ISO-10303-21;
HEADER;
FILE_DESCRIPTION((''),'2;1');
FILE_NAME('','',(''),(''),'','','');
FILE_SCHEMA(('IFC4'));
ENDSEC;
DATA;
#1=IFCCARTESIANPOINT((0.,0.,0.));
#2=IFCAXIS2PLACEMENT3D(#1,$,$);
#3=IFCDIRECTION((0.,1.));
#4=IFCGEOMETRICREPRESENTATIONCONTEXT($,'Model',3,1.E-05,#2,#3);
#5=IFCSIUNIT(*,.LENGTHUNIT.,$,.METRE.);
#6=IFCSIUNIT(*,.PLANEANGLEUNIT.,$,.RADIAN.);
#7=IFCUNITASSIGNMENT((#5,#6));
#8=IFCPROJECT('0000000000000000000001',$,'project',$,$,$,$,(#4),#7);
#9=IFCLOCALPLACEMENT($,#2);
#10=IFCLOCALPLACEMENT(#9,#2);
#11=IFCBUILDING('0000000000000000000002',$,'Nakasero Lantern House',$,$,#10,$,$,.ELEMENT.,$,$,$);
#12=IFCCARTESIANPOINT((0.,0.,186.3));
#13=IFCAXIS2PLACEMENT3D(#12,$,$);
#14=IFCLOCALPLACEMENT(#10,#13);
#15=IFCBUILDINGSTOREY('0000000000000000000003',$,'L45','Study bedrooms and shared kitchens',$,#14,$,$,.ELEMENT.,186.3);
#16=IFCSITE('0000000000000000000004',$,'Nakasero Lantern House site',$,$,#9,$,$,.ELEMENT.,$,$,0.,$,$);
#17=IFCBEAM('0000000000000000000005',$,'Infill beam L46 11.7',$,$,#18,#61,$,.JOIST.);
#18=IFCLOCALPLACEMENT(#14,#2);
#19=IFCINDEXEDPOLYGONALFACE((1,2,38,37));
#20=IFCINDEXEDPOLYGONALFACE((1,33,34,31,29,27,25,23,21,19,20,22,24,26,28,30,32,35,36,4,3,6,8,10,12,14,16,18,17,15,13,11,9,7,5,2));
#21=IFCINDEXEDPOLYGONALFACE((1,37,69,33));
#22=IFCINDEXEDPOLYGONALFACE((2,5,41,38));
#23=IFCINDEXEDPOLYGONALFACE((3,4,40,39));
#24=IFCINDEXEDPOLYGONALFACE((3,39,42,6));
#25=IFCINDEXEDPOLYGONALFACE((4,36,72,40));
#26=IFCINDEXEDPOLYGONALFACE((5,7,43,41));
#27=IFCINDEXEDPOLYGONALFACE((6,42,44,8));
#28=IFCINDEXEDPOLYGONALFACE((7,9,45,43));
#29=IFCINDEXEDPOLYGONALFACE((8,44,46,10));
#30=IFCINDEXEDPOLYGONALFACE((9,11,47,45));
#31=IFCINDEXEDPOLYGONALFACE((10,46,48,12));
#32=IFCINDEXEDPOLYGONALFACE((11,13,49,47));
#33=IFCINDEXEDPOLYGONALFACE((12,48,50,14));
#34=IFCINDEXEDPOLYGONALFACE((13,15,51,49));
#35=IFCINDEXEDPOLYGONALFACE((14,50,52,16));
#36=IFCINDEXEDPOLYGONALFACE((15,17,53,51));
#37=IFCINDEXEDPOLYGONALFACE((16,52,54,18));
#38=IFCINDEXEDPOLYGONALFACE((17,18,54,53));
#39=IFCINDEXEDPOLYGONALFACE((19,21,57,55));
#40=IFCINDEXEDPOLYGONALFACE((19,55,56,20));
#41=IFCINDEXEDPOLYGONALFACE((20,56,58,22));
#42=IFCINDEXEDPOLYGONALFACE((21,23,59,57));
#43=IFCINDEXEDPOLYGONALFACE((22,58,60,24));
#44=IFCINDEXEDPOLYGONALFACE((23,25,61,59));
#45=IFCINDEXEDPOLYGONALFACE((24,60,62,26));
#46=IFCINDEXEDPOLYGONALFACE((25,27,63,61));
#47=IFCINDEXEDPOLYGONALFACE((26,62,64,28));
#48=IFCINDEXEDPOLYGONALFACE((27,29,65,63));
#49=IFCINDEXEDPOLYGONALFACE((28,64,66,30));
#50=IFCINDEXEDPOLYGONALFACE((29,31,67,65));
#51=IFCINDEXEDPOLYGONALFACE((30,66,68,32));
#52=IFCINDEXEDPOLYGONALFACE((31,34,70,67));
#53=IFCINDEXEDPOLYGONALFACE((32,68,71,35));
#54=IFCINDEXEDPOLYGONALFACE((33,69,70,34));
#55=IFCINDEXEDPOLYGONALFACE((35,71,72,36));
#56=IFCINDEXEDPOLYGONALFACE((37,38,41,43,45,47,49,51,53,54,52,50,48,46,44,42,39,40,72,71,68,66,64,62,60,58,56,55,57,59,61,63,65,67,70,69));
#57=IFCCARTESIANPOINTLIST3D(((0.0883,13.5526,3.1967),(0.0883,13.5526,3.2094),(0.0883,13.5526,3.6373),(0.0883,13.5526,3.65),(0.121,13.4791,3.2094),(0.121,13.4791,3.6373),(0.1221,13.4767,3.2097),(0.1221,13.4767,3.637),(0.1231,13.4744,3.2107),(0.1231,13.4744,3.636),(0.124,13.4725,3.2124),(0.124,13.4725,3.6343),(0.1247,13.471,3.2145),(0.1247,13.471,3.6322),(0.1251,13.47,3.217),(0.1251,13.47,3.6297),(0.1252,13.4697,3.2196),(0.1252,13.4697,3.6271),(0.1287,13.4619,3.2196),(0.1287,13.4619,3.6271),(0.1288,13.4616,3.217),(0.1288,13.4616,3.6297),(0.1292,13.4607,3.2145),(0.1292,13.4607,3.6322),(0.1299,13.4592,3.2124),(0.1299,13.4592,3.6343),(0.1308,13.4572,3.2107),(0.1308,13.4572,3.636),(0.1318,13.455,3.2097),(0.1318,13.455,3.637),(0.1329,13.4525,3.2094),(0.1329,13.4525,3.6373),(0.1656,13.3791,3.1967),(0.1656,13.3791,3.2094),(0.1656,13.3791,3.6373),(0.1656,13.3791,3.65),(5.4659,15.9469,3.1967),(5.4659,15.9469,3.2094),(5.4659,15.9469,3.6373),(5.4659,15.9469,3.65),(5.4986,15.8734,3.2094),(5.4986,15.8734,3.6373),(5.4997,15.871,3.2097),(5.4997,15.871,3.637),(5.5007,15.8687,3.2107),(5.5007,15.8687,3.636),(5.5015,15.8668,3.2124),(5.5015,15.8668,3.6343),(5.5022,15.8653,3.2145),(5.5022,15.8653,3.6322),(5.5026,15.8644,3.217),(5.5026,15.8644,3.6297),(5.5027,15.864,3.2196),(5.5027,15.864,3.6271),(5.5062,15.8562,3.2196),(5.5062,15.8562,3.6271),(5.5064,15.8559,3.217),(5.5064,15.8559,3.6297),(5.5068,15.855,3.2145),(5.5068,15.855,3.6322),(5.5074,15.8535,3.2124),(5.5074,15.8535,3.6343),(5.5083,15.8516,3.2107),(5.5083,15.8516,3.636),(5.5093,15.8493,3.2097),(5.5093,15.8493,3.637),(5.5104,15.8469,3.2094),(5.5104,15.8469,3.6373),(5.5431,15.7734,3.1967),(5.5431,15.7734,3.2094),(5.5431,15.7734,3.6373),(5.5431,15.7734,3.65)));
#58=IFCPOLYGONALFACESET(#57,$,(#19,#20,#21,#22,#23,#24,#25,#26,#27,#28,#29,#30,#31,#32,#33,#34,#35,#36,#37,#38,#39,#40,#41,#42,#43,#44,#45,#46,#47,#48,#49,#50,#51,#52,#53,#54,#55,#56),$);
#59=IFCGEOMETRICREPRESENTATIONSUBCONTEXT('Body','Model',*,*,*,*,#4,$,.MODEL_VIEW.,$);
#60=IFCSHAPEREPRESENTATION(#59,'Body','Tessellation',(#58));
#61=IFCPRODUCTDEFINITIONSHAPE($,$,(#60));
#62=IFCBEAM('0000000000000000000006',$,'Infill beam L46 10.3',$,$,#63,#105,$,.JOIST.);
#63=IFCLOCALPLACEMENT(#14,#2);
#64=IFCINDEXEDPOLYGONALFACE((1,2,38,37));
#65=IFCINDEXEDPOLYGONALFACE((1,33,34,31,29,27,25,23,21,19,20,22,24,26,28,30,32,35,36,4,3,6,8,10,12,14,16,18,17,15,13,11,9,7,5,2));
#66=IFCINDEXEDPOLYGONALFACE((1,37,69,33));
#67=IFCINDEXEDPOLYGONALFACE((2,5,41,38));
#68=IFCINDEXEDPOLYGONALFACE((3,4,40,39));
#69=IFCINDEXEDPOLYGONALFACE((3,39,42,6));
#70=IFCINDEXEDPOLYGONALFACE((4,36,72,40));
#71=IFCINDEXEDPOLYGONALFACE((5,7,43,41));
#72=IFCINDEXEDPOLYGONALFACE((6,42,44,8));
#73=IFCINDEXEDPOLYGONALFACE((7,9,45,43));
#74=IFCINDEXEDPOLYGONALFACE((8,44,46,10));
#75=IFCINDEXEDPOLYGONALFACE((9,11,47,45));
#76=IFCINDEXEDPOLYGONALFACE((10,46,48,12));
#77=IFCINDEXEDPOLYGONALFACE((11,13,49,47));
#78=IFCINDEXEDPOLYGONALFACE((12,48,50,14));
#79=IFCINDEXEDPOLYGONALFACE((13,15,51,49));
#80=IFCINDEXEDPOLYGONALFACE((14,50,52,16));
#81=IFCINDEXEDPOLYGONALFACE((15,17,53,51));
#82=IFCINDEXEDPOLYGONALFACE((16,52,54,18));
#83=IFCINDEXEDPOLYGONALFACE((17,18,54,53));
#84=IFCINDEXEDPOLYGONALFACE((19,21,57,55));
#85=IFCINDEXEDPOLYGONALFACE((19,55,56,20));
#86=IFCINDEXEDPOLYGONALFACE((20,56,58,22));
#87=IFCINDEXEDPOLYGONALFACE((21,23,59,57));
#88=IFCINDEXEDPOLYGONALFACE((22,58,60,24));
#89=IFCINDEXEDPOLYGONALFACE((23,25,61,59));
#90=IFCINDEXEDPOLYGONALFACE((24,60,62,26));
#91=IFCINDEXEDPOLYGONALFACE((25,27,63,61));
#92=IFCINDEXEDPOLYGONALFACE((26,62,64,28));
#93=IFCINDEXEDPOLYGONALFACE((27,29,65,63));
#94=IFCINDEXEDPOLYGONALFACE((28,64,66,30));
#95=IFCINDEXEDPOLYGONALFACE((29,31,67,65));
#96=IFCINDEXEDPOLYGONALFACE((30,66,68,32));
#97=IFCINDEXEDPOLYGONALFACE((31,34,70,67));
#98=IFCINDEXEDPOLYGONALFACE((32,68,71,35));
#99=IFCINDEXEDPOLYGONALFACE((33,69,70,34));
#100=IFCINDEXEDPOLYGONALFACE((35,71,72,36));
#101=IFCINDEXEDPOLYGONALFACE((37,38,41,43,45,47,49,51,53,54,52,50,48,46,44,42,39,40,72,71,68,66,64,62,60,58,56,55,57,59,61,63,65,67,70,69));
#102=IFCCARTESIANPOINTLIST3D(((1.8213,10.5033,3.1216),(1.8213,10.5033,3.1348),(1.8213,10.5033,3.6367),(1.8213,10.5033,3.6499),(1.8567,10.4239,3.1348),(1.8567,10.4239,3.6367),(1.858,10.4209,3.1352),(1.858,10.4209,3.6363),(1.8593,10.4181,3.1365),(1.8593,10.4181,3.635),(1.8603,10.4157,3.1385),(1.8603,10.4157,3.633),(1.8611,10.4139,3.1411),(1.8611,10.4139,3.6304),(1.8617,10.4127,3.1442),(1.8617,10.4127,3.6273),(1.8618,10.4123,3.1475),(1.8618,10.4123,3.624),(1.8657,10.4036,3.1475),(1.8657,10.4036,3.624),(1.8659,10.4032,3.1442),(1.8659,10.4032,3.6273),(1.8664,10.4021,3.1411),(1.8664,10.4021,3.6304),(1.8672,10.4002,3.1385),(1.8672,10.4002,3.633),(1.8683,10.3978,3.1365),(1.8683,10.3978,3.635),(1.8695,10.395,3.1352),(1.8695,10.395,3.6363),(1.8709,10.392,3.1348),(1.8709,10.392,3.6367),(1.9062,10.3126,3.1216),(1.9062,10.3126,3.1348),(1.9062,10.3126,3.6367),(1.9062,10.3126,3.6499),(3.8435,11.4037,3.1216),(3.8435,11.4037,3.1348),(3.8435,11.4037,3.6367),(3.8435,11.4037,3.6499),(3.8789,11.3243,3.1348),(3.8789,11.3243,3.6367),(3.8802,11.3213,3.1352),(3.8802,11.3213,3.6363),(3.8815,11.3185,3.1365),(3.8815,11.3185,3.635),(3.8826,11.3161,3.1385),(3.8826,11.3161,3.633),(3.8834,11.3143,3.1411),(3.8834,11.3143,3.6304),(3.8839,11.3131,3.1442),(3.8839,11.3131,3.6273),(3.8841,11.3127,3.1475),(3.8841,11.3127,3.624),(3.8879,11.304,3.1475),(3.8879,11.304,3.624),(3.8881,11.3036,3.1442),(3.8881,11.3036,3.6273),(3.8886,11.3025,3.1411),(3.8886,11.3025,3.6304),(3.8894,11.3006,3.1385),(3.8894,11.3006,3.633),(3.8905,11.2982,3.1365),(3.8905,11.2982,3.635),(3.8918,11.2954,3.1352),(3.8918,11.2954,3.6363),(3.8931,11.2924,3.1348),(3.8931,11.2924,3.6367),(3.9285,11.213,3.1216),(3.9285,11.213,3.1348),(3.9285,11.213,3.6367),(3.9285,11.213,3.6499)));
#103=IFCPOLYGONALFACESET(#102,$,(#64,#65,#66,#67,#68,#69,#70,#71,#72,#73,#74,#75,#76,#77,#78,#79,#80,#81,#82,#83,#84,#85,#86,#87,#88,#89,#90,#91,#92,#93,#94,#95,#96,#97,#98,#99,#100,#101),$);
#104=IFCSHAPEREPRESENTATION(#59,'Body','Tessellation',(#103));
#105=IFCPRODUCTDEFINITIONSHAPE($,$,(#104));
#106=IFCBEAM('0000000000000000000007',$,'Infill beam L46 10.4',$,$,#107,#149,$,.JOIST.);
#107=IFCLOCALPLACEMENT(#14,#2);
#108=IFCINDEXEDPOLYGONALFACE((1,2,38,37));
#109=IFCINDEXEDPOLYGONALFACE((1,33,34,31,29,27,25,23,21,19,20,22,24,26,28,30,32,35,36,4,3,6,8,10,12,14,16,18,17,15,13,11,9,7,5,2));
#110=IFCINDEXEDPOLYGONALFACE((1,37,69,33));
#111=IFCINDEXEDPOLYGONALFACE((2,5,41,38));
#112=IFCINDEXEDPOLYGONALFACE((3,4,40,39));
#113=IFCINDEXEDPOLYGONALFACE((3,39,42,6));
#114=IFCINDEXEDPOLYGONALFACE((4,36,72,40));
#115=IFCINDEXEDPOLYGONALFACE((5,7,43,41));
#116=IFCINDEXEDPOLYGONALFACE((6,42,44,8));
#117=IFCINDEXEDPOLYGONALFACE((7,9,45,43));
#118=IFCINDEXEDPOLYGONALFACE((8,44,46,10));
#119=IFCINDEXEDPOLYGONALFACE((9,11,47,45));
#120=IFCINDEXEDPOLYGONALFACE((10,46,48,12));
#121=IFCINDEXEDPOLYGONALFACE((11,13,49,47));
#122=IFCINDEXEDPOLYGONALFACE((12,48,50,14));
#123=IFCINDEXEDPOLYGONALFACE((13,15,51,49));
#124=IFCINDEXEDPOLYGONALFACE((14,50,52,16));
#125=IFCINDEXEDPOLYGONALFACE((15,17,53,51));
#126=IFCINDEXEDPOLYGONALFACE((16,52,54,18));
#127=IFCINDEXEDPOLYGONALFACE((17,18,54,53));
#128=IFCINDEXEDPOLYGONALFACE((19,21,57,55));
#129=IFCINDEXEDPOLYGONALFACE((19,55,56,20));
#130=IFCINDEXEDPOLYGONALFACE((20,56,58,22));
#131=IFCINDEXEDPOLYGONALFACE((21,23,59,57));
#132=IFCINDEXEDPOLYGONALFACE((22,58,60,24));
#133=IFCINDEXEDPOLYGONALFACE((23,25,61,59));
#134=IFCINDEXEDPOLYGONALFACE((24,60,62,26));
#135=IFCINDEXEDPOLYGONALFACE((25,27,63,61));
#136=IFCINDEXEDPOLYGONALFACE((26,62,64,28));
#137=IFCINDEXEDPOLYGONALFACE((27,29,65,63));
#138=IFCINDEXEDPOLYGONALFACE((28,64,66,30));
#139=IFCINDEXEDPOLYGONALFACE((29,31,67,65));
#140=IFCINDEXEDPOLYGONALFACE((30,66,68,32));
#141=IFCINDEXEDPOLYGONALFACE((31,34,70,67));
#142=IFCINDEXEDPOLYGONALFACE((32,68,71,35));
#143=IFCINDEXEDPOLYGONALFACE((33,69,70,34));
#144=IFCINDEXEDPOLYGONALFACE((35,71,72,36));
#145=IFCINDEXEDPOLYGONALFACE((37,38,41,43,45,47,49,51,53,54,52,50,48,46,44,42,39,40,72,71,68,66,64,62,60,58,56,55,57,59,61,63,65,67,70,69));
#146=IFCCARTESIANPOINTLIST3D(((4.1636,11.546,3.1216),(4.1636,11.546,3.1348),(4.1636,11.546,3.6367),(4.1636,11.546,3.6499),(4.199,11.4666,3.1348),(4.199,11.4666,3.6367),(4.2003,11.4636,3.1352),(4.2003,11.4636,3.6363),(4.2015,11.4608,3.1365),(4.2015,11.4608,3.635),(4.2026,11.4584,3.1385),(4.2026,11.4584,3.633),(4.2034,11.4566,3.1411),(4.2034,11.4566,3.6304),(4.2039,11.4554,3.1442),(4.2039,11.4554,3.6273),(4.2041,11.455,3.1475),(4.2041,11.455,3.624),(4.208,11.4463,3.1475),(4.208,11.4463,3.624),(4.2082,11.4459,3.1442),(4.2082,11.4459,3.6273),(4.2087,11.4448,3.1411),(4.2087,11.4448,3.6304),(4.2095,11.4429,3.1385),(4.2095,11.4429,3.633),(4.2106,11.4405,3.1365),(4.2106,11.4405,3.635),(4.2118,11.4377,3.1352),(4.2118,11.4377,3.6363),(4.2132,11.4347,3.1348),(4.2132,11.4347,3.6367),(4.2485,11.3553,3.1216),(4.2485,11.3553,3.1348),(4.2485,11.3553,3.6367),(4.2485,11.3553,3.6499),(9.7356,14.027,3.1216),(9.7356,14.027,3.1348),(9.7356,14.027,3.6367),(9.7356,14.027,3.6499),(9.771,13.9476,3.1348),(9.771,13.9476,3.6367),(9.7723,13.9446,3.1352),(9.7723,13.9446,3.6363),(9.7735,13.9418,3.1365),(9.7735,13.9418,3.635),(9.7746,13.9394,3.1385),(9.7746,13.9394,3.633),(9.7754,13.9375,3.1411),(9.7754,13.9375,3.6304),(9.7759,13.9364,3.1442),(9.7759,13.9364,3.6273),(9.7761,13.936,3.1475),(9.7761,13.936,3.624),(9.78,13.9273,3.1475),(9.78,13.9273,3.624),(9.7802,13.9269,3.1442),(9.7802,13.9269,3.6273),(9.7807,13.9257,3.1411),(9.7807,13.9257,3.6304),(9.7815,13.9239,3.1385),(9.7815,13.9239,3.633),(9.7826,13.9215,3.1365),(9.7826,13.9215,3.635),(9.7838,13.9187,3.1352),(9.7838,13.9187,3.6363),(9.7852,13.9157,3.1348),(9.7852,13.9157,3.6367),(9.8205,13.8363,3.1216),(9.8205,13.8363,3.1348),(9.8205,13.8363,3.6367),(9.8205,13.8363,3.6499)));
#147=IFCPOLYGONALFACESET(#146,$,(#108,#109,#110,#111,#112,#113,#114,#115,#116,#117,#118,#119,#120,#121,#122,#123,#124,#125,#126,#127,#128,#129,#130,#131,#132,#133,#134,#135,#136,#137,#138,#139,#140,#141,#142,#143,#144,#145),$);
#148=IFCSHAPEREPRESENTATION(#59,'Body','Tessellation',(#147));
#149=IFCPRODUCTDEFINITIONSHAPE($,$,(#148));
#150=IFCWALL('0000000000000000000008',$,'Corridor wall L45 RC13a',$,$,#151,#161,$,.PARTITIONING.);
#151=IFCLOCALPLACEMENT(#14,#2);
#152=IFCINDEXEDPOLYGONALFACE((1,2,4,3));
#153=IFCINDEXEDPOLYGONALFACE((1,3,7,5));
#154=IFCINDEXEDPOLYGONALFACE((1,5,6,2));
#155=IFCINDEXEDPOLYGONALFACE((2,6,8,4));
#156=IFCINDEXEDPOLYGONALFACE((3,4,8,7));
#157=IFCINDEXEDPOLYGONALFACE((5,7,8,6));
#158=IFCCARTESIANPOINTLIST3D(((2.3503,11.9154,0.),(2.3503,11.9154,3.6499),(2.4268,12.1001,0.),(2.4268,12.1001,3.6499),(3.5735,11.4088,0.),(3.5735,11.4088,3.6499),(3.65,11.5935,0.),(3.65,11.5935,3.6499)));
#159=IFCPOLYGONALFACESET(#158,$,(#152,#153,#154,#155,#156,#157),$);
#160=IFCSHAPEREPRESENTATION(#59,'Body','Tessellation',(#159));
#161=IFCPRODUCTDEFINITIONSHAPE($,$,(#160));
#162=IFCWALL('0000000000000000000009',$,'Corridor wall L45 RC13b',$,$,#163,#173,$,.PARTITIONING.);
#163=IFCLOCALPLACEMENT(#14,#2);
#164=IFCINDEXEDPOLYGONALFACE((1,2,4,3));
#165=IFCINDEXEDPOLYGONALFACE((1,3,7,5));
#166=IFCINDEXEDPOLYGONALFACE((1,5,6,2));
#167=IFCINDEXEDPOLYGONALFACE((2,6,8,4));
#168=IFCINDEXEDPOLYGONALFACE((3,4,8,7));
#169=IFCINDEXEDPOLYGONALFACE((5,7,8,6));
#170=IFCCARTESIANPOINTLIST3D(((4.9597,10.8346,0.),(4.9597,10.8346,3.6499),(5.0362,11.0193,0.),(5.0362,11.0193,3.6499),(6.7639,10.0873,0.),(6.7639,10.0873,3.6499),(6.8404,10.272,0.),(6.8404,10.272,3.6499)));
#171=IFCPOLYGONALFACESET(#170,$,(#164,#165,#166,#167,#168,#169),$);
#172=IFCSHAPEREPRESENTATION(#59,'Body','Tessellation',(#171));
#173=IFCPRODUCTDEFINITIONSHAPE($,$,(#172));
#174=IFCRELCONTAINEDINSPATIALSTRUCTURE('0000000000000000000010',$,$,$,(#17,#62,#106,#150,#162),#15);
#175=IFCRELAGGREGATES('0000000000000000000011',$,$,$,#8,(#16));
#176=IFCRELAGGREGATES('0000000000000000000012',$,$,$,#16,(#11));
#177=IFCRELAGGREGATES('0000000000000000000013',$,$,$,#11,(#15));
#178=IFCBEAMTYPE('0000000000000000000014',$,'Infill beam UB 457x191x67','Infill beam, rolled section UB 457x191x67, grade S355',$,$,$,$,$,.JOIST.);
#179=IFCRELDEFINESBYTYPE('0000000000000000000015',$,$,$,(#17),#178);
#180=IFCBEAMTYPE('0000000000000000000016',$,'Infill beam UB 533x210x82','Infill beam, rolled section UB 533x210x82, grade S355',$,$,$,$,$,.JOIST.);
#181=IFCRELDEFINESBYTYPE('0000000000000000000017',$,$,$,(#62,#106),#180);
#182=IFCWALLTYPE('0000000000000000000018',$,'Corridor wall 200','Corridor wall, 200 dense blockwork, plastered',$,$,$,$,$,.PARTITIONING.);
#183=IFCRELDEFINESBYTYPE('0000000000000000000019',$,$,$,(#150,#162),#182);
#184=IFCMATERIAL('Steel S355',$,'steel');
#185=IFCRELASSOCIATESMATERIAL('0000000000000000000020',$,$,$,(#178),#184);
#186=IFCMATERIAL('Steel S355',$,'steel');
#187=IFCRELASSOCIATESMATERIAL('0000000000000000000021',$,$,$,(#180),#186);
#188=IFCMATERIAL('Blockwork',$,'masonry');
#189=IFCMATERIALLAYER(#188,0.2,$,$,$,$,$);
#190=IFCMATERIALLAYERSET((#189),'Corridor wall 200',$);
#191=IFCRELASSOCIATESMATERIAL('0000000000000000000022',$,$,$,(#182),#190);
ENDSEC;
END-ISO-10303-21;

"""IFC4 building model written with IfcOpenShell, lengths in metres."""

from ifc_helpers import new_model, si_unit, direction, frame, frame_2d, origin, origin_2d, place, context, subcontext, project, spatial, rectangle, i_section, extrude, material, layer, layer_set, material_profile, profile_set, type_object, element, save


model = new_model("IFC4")

# Units and contexts
model_context = context("Model", 3, precision=1e-05, world=origin(), true_north=direction((0.0, 1.0)))
body_context = subcontext(model_context, "Body", "Model", "MODEL_VIEW")
ifc_project = project(units=[si_unit("LENGTHUNIT", "METRE"), si_unit("PLANEANGLEUNIT", "RADIAN")], contexts=[model_context])

# Site, building, storey
site_placement = place(None, origin())
site = spatial("IfcSite", under=ifc_project, at=site_placement, Name="Nakasero Lantern House site", CompositionType="ELEMENT", RefElevation=0.0)
building_placement = place(site_placement, origin())
building = spatial("IfcBuilding", under=site, at=building_placement, Name="Nakasero Lantern House", CompositionType="ELEMENT")
storey_placement = place(building_placement, frame((0.0, 0.0, 186.3)))
storey = spatial("IfcBuildingStorey", under=building, at=storey_placement, Name="L45", Description="Study bedrooms and shared kitchens", CompositionType="ELEMENT", Elevation=186.3)

# Beams
ifc_material_1 = material(Name="Steel S355", Category="steel")
ifc_material_profile_1 = material_profile(ifc_material_1, i_section(OverallWidth=0.1899, OverallDepth=0.4534, WebThickness=0.0085, FlangeThickness=0.0127, FilletRadius=0.0103, at=origin_2d()), Name="UB 457x191x67")
ifc_profile_set_1 = profile_set([ifc_material_profile_1], Name="Steel S355")
beam_type_1 = type_object("IfcBeamType", Name="Infill beam UB 457x191x67", Description="Infill beam, rolled section UB 457x191x67, grade S355", PredefinedType="JOIST", material=ifc_profile_set_1)
beam_1_placement = place(storey_placement, frame((0.127, 13.4658, 3.4233), z_axis=(0.913539, 0.40675, 0.0), x_axis=(-0.40675, 0.913539, 0.0)))
element("IfcBeam", 1, at=beam_1_placement, inside=storey, type_object=beam_type_1, Name="Infill beam L46 11.7", PredefinedType="JOIST", context=body_context, shape_type="SweptSolid", body=[
    extrude(i_section(OverallWidth=0.1899, OverallDepth=0.4534, WebThickness=0.0085, FlangeThickness=0.0127, FilletRadius=0.0103, at=origin_2d()), origin(), (0.0, 0.0, 1.0), 5.8865),
])
ifc_material_2 = material(Name="Steel S355", Category="steel")
ifc_material_profile_2 = material_profile(ifc_material_2, i_section(OverallWidth=0.2087, OverallDepth=0.5283, WebThickness=0.0095, FlangeThickness=0.0132, FilletRadius=0.0127, at=origin_2d()), Name="UB 533x210x82")
ifc_profile_set_2 = profile_set([ifc_material_profile_2], Name="Steel S355")
beam_type_2 = type_object("IfcBeamType", Name="Infill beam UB 533x210x82", Description="Infill beam, rolled section UB 533x210x82, grade S355", PredefinedType="JOIST", material=ifc_profile_set_2)
beam_2_placement = place(storey_placement, frame((1.8638, 10.408, 3.3857), z_axis=(0.913538, 0.406752, 0.0), x_axis=(-0.406752, 0.913538, 0.0)))
element("IfcBeam", 2, at=beam_2_placement, inside=storey, type_object=beam_type_2, Name="Infill beam L46 10.3", PredefinedType="JOIST", context=body_context, shape_type="SweptSolid", body=[
    extrude(i_section(OverallWidth=0.2087, OverallDepth=0.5283, WebThickness=0.0095, FlangeThickness=0.0132, FilletRadius=0.0127, at=origin_2d()), origin(), (0.0, 0.0, 1.0), 2.2136),
])
beam_3_placement = place(storey_placement, frame((4.2061, 11.4507, 3.3857), z_axis=(0.913537, 0.406755, 0.0), x_axis=(-0.406755, 0.913537, 0.0)))
element("IfcBeam", 3, at=beam_3_placement, inside=storey, type_object=beam_type_2, Name="Infill beam L46 10.4", PredefinedType="JOIST", context=body_context, shape_type="SweptSolid", body=[
    extrude(i_section(OverallWidth=0.2087, OverallDepth=0.5283, WebThickness=0.0095, FlangeThickness=0.0132, FilletRadius=0.0127, at=origin_2d()), origin(), (0.0, 0.0, 1.0), 6.0994),
])

# Walls
ifc_material_3 = material(Name="Blockwork", Category="masonry")
ifc_layer_1 = layer(ifc_material_3, 0.2)
ifc_layer_set_1 = layer_set([ifc_layer_1], Name="Corridor wall 200")
wall_type_1 = type_object("IfcWallType", Name="Corridor wall 200", Description="Corridor wall, 200 dense blockwork, plastered", PredefinedType="PARTITIONING", material=ifc_layer_set_1)
wall_1_placement = place(storey_placement, frame((2.3884, 12.0078, 0.0), z_axis=(0.0, 0.0, 1.0), x_axis=(0.923893, -0.38265, 0.0)))
element("IfcWall", 4, at=wall_1_placement, inside=storey, type_object=wall_type_1, Name="Corridor wall L45 RC13a", PredefinedType="PARTITIONING", context=body_context, shape_type="SweptSolid", body=[
    extrude(rectangle(XDim=1.324, YDim=0.2, at=frame_2d((0.6621, 0.0))), origin(), (0.0, 0.0, 1.0), 3.6499),
])
wall_2_placement = place(storey_placement, frame((4.9978, 10.927, 0.0), z_axis=(0.0, 0.0, 1.0), x_axis=(0.923881, -0.382679, 0.0)))
element("IfcWall", 5, at=wall_2_placement, inside=storey, type_object=wall_type_1, Name="Corridor wall L45 RC13b", PredefinedType="PARTITIONING", context=body_context, shape_type="SweptSolid", body=[
    extrude(rectangle(XDim=1.9529, YDim=0.2, at=frame_2d((0.9766, 0.0))), origin(), (0.0, 0.0, 1.0), 3.6499),
])

save(model, "model.ifc")
